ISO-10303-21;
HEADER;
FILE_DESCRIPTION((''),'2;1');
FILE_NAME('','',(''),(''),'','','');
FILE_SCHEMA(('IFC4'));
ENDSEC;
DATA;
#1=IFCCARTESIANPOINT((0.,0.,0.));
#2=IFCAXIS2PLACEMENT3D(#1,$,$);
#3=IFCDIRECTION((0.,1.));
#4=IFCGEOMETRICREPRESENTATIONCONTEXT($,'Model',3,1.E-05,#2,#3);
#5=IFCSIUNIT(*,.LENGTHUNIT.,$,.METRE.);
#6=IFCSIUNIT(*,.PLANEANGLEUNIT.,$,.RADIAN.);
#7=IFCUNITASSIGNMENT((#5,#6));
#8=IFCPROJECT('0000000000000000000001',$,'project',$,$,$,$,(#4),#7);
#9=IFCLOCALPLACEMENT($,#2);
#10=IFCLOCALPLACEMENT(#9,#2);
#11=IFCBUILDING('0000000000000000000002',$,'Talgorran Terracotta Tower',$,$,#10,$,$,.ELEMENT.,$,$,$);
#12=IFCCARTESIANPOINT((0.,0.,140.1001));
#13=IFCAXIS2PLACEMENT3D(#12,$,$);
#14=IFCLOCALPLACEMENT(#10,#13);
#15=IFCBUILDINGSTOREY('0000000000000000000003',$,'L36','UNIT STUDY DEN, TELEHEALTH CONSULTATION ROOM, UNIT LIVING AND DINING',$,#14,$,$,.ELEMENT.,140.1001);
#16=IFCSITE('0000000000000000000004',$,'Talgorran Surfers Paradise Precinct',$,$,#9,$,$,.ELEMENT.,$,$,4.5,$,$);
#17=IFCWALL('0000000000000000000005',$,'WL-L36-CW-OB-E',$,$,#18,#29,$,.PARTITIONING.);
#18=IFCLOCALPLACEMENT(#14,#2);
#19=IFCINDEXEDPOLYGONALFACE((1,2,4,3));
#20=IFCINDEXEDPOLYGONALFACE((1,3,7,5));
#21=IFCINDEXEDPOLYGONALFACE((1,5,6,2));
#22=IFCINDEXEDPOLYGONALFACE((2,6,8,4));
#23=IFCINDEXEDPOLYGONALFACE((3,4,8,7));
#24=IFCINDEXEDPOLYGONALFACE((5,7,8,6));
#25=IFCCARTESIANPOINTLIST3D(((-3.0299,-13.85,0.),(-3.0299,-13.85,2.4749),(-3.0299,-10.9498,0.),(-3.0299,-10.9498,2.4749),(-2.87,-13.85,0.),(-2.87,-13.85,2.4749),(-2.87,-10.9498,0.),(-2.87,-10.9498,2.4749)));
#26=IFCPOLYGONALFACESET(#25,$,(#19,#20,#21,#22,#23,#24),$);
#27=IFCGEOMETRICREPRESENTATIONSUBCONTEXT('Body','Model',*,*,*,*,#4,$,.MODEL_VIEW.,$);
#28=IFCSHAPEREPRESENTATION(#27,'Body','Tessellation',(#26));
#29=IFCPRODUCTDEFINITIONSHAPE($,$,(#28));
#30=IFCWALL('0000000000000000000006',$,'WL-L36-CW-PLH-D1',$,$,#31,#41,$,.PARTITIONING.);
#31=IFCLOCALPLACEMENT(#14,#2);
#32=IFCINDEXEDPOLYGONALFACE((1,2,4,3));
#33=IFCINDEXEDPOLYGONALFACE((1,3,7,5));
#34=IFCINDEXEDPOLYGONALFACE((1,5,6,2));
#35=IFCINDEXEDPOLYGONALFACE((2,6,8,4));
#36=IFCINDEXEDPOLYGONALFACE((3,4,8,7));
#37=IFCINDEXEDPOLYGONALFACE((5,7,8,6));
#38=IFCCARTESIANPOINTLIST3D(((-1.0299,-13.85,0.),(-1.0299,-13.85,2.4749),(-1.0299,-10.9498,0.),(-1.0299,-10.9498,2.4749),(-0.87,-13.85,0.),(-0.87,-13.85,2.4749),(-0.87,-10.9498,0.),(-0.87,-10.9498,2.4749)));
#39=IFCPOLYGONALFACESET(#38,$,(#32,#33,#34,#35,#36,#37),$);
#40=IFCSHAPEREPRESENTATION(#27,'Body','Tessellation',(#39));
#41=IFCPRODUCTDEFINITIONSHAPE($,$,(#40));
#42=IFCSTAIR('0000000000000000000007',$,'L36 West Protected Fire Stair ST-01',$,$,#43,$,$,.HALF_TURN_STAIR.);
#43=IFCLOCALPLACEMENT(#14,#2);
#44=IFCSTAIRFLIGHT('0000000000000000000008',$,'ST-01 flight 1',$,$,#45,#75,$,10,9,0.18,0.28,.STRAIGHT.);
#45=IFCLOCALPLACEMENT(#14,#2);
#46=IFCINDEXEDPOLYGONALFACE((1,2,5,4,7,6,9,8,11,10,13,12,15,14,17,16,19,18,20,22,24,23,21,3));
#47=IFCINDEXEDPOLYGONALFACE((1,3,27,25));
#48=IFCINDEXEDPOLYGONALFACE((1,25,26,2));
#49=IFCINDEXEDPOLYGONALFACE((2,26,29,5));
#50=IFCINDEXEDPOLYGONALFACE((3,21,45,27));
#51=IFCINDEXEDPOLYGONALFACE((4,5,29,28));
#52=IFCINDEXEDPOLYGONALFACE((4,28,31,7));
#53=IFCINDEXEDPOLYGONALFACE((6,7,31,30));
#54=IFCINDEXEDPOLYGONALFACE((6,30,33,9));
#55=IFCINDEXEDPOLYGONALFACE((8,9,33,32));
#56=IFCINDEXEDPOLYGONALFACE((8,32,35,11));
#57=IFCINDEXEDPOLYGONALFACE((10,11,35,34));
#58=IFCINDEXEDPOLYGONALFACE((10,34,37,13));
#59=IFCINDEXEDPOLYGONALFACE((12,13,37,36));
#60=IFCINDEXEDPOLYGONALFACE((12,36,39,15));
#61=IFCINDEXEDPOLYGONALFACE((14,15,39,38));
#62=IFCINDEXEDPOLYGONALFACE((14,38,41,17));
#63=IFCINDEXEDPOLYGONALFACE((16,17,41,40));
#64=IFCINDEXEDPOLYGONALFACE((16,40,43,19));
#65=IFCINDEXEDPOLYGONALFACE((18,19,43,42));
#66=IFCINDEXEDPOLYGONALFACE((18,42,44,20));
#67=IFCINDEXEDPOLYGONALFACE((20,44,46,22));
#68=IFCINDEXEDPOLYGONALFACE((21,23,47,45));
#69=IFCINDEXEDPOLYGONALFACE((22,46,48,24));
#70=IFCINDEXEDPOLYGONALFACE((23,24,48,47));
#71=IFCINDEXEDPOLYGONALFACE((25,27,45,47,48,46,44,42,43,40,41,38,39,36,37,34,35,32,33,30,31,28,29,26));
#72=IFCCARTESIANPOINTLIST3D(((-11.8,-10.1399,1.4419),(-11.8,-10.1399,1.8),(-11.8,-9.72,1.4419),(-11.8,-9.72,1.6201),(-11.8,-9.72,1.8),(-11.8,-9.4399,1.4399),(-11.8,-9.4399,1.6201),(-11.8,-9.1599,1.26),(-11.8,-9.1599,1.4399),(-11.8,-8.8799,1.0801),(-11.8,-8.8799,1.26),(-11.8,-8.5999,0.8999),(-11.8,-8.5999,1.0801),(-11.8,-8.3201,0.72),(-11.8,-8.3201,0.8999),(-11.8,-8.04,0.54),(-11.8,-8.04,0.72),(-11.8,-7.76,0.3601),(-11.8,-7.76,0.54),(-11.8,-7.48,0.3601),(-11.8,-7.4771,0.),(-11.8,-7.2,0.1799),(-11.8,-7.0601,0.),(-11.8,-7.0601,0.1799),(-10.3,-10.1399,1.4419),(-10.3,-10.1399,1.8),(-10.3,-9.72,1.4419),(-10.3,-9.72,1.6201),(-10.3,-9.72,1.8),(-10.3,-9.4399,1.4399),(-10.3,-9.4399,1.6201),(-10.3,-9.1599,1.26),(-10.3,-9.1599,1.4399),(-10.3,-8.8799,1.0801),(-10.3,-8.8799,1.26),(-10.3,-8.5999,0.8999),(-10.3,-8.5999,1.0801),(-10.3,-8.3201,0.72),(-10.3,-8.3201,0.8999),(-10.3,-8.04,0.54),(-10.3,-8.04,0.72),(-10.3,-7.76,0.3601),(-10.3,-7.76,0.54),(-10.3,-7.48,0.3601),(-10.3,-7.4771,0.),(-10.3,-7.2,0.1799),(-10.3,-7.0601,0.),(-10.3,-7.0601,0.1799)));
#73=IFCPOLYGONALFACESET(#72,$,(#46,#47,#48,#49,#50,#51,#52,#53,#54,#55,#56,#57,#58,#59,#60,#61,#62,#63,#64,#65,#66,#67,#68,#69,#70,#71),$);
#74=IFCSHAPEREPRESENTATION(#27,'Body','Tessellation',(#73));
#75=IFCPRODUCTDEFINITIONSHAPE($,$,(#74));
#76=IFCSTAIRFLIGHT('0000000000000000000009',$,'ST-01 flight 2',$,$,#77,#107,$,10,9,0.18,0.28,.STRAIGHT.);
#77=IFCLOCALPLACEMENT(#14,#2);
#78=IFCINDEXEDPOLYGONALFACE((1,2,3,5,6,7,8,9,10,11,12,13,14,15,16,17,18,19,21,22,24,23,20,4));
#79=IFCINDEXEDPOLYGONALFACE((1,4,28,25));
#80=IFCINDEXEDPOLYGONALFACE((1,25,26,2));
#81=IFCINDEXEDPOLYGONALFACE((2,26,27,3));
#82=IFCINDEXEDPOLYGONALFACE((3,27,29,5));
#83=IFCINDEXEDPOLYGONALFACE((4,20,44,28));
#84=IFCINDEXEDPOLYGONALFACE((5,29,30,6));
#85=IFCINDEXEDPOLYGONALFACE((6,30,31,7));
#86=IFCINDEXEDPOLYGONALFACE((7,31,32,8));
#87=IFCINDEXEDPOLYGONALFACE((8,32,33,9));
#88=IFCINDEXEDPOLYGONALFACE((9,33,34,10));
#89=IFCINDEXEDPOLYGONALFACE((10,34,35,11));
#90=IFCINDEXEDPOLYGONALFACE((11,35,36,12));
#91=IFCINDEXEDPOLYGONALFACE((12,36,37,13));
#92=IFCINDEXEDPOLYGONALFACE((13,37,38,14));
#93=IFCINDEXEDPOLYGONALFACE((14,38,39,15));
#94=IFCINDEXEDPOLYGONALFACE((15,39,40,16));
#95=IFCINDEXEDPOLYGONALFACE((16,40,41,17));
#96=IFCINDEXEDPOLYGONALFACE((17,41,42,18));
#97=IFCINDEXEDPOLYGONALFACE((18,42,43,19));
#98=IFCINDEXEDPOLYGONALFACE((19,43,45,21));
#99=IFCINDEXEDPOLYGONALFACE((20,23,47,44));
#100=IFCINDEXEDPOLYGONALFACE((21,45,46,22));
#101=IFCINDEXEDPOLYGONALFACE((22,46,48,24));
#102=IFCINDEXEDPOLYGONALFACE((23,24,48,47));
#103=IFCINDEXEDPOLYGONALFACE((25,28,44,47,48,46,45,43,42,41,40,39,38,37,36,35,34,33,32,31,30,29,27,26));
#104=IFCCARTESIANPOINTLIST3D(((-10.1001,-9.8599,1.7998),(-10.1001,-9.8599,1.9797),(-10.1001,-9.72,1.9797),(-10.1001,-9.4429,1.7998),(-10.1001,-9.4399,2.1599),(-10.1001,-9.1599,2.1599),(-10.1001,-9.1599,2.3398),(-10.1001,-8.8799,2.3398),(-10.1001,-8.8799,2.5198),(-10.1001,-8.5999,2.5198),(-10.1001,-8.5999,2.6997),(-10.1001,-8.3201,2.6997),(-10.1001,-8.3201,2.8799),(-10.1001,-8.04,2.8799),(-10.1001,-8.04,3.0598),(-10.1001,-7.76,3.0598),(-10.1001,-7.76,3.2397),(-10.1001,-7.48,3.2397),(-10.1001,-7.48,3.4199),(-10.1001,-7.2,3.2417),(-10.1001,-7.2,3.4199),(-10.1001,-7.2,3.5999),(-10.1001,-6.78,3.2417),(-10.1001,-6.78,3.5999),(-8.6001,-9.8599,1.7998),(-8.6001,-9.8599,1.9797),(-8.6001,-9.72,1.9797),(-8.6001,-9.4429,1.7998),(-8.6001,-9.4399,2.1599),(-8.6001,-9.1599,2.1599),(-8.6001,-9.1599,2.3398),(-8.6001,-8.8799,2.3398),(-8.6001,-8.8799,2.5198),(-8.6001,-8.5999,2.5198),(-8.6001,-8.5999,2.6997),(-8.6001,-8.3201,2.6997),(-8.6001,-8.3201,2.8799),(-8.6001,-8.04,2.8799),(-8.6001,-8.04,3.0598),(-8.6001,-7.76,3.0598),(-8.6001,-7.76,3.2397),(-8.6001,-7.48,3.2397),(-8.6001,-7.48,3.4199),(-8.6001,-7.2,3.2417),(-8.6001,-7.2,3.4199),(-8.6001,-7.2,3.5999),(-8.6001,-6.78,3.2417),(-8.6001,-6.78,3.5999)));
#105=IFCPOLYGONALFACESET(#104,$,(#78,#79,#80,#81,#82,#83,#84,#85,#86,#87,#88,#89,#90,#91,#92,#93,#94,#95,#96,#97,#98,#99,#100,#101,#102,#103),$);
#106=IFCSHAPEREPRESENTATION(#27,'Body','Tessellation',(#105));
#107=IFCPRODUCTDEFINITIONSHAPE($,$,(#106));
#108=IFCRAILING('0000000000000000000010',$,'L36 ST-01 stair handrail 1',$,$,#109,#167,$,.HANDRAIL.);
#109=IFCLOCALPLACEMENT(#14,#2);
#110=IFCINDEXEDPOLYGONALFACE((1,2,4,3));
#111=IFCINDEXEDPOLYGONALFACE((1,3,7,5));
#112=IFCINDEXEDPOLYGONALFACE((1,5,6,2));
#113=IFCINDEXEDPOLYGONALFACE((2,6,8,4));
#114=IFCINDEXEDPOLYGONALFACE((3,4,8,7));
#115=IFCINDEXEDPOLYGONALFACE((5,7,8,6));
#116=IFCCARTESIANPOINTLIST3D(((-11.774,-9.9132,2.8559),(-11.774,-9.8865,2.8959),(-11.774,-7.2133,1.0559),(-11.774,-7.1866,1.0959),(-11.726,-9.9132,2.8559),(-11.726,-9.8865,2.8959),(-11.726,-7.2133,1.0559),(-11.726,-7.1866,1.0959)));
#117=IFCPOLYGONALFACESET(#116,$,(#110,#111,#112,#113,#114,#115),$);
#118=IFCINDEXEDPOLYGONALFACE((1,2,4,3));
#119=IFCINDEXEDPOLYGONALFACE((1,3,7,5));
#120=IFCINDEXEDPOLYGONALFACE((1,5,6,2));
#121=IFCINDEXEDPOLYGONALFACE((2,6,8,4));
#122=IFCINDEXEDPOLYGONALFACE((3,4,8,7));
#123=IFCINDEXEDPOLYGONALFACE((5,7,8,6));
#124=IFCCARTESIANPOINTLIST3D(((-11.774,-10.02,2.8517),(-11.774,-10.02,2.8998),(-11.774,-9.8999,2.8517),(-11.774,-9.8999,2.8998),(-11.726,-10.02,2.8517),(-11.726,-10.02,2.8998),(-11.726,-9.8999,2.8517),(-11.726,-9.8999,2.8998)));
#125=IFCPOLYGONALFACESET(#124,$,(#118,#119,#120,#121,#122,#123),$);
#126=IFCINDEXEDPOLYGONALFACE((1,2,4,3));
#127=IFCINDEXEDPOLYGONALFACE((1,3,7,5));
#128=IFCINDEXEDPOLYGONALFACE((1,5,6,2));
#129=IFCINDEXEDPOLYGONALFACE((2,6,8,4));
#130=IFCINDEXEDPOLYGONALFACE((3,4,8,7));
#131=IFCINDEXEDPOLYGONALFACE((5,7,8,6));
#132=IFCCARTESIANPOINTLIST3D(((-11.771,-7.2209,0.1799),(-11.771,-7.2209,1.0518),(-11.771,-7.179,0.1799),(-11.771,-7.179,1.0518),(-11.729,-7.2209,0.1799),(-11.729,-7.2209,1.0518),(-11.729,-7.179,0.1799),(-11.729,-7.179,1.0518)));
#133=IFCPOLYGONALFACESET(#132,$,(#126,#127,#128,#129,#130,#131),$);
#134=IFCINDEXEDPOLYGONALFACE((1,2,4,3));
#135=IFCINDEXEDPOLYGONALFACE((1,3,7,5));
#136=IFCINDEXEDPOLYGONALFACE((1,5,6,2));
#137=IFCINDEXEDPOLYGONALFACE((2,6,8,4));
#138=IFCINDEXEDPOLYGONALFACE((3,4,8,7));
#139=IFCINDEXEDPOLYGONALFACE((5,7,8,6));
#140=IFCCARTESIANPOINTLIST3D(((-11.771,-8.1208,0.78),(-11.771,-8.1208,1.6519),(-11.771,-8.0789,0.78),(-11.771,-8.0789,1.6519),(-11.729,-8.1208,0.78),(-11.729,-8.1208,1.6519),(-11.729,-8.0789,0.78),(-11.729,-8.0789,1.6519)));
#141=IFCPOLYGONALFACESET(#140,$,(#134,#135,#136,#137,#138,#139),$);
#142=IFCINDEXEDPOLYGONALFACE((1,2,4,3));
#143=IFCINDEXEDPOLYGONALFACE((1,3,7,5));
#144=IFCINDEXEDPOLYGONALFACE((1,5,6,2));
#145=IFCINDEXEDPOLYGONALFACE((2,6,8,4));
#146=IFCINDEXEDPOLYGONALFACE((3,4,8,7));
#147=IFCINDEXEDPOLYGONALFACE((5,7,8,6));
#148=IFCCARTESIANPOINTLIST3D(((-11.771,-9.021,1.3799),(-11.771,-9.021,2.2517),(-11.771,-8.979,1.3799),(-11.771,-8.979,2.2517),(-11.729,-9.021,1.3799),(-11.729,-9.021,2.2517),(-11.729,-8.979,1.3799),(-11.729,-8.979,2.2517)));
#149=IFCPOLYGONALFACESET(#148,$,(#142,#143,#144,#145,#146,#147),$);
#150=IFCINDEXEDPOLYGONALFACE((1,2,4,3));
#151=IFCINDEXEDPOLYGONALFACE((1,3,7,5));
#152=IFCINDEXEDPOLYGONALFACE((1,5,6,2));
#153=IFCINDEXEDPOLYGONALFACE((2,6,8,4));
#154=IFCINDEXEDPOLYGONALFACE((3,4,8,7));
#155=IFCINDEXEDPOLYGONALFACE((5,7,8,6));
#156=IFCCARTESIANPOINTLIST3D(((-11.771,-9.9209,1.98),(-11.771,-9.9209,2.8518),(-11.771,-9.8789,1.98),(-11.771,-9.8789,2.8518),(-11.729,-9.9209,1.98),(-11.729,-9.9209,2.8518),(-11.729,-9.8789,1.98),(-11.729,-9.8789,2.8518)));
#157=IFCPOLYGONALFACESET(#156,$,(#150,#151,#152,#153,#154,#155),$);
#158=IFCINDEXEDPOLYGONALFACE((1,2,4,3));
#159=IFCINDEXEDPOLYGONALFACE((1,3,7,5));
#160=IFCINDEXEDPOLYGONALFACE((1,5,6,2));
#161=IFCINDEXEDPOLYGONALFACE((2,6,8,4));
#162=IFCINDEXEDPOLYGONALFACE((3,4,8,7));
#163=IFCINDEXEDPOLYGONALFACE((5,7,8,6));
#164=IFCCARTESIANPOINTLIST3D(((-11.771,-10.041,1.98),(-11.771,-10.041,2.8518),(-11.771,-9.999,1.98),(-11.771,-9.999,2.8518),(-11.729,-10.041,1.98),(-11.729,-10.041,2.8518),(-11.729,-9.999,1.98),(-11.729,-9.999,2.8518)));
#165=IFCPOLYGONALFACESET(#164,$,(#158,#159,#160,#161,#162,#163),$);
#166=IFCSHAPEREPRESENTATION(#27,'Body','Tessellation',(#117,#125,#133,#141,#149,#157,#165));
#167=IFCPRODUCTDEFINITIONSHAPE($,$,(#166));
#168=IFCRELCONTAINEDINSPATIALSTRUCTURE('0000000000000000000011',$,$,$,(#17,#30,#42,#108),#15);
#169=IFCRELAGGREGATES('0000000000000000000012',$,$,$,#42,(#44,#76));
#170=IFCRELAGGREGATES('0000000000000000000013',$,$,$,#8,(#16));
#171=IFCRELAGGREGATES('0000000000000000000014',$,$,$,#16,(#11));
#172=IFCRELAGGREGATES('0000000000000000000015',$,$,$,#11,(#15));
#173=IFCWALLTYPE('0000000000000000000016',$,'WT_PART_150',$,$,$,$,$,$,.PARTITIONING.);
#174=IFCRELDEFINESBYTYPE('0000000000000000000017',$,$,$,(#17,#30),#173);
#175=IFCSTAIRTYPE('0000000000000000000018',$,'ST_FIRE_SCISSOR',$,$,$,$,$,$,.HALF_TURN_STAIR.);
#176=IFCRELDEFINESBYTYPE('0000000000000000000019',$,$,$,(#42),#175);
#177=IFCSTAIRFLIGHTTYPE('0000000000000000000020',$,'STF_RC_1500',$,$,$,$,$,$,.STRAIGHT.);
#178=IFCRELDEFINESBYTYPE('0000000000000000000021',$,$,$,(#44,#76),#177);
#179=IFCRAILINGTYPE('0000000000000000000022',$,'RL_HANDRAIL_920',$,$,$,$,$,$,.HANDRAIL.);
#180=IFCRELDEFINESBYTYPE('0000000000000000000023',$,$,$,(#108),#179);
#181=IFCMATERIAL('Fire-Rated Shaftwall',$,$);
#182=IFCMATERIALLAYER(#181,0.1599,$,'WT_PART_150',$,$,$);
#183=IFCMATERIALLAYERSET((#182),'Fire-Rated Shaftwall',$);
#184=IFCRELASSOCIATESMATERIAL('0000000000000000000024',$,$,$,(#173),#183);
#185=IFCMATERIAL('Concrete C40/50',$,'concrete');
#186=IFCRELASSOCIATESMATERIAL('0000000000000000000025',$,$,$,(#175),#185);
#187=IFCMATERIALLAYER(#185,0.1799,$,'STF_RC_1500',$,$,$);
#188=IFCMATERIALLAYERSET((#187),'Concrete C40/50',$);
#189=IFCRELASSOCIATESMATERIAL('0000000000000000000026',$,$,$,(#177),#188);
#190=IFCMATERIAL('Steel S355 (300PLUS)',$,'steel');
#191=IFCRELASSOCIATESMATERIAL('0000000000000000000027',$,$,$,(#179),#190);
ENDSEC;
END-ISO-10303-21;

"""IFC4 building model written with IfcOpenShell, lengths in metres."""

from ifc_helpers import new_model, si_unit, direction, frame, frame_2d, origin, origin_2d, place, context, subcontext, project, spatial, polyline, rectangle, outline, extrude, material, layer, layer_set, type_object, element, aggregate, save


model = new_model("IFC4")

# Units and contexts
model_context = context("Model", 3, precision=1e-05, world=origin(), true_north=direction((0.0, 1.0)))
body_context = subcontext(model_context, "Body", "Model", "MODEL_VIEW")
ifc_project = project(units=[si_unit("LENGTHUNIT", "METRE"), si_unit("PLANEANGLEUNIT", "RADIAN")], contexts=[model_context])

# Site, building, storey
site_placement = place(None, origin())
site = spatial("IfcSite", under=ifc_project, at=site_placement, Name="Talgorran Surfers Paradise Precinct", CompositionType="ELEMENT", RefElevation=4.5)
building_placement = place(site_placement, origin())
building = spatial("IfcBuilding", under=site, at=building_placement, Name="Talgorran Terracotta Tower", CompositionType="ELEMENT")
storey_placement = place(building_placement, frame((0.0, 0.0, 140.1001)))
storey = spatial("IfcBuildingStorey", under=building, at=storey_placement, Name="L36", Description="UNIT STUDY DEN, TELEHEALTH CONSULTATION ROOM, UNIT LIVING AND DINING", CompositionType="ELEMENT", Elevation=140.1001)

# Shared definitions
ifc_material_1 = material(Name="Steel S355 (300PLUS)", Category="steel")

# Walls
ifc_material_2 = material(Name="Fire-Rated Shaftwall")
ifc_layer_1 = layer(ifc_material_2, 0.1599, Name="WT_PART_150")
ifc_layer_set_1 = layer_set([ifc_layer_1], Name="Fire-Rated Shaftwall")
wall_type_1 = type_object("IfcWallType", Name="WT_PART_150", PredefinedType="PARTITIONING", material=ifc_layer_set_1)
for number, where, z_axis, x_axis, name in (
    (1, (-2.95, -13.8501, 0.0), (0.0, 0.0, 1.0), (0.0, 1.0, 0.0), "WL-L36-CW-OB-E"),
    (2, (-0.95, -13.8501, 0.0), (0.0, 0.0, 1.0), (0.0, 1.0, 0.0), "WL-L36-CW-PLH-D1"),
):
    element("IfcWall", number, at=place(storey_placement, frame(where, z_axis=z_axis, x_axis=x_axis)), inside=storey, type_object=wall_type_1, Name=name, PredefinedType="PARTITIONING", context=body_context, shape_type="SweptSolid", body=[
        extrude(rectangle(XDim=2.9001, YDim=0.1599, at=frame_2d((1.4502, 0.0))), origin(), (0.0, 0.0, 1.0), 2.4749),
    ])

# Stair, stair flights
ifc_material_3 = material(Name="Concrete C40/50", Category="concrete")
stair_type = type_object("IfcStairType", Name="ST_FIRE_SCISSOR", PredefinedType="HALF_TURN_STAIR", material=ifc_material_3)
stair_placement = place(storey_placement, origin())
stair = element("IfcStair", 3, at=stair_placement, inside=storey, type_object=stair_type, Name="L36 West Protected Fire Stair ST-01", PredefinedType="HALF_TURN_STAIR")
ifc_layer_2 = layer(ifc_material_3, 0.1799, Name="STF_RC_1500")
ifc_layer_set_2 = layer_set([ifc_layer_2], Name="Concrete C40/50")
stair_flight_type = type_object("IfcStairFlightType", Name="STF_RC_1500", PredefinedType="STRAIGHT", material=ifc_layer_set_2)
stair_flight_1_placement = place(storey_placement, frame((-11.05, -7.2, 0.0), z_axis=(0.0, 0.0, 1.0), x_axis=(0.0, -1.0, 0.0)))
stair_flight_1 = element("IfcStairFlight", 4, at=stair_flight_1_placement, type_object=stair_flight_type, Name="ST-01 flight 1", NumberOfRisers=10, NumberOfTreads=9, PredefinedType="STRAIGHT", RiserHeight=0.18, TreadLength=0.28, context=body_context, shape_type="SweptSolid", body=[
    extrude(outline(polyline([(-0.1399, 0.0), (-0.1399, 0.1799), (0.0, 0.1799), (0.28, 0.3601), (0.5601, 0.3601), (0.5601, 0.54), (0.8401, 0.54), (0.8401, 0.72), (1.1201, 0.72), (1.1201, 0.8999), (1.3999, 0.8999), (1.3999, 1.0801), (1.6799, 1.0801), (1.6799, 1.26), (1.96, 1.26), (1.96, 1.4399), (2.24, 1.4399), (2.24, 1.6201), (2.52, 1.6201), (2.52, 1.8), (2.9399, 1.8), (2.9399, 1.4419), (2.52, 1.4419), (0.2771, 0.0), (-0.1399, 0.0)])), frame((0.0, 0.75, 0.0), z_axis=(0.0, -1.0, 0.0), x_axis=(1.0, 0.0, 0.0)), (0.0, 0.0, 1.0), 1.5),
])
stair_flight_2_placement = place(storey_placement, frame((-9.3501, -9.72, 1.7998), z_axis=(0.0, 0.0, 1.0), x_axis=(0.0, 1.0, 0.0)))
stair_flight_2 = element("IfcStairFlight", 5, at=stair_flight_2_placement, type_object=stair_flight_type, Name="ST-01 flight 2", NumberOfRisers=10, NumberOfTreads=9, PredefinedType="STRAIGHT", RiserHeight=0.18, TreadLength=0.28, context=body_context, shape_type="SweptSolid", body=[
    extrude(outline(polyline([(-0.1399, 0.0), (-0.1399, 0.1799), (0.0, 0.1799), (0.28, 0.3601), (0.5601, 0.3601), (0.5601, 0.54), (0.8401, 0.54), (0.8401, 0.72), (1.1201, 0.72), (1.1201, 0.8999), (1.3999, 0.8999), (1.3999, 1.0801), (1.6799, 1.0801), (1.6799, 1.26), (1.96, 1.26), (1.96, 1.4399), (2.24, 1.4399), (2.24, 1.6201), (2.52, 1.6201), (2.52, 1.8), (2.9399, 1.8), (2.9399, 1.4419), (2.52, 1.4419), (0.2771, 0.0), (-0.1399, 0.0)])), frame((0.0, 0.75, 0.0), z_axis=(0.0, -1.0, 0.0), x_axis=(1.0, 0.0, 0.0)), (0.0, 0.0, 1.0), 1.5),
])
aggregate(stair, [stair_flight_1, stair_flight_2])

# Railing
railing_type_1 = type_object("IfcRailingType", Name="RL_HANDRAIL_920", PredefinedType="HANDRAIL", material=ifc_material_1)
railing_1_placement = place(storey_placement, frame((-11.75, -7.2, 0.1799)))
element("IfcRailing", 6, at=railing_1_placement, inside=storey, type_object=railing_type_1, Name="L36 ST-01 stair handrail 1", PredefinedType="HANDRAIL", context=body_context, shape_type="SweptSolid", body=[
    extrude(rectangle(XDim=0.0481, YDim=0.0481, at=origin_2d()), frame((0.0, 0.0, 0.896), z_axis=(0.0, -0.832039, 0.554718), x_axis=(1.0, 0.0, 0.0)), (0.0, 0.0, 1.0), 3.2449),
    extrude(rectangle(XDim=0.0481, YDim=0.0481, at=origin_2d()), frame((0.0, -2.7, 2.6958), z_axis=(0.0, -1.0, 0.0), x_axis=(1.0, 0.0, 0.0)), (0.0, 0.0, 1.0), 0.1201),
    extrude(rectangle(XDim=0.042, YDim=0.042, at=origin_2d()), origin(), (0.0, 0.0, 1.0), 0.8718),
    extrude(rectangle(XDim=0.042, YDim=0.042, at=origin_2d()), frame((0.0, -0.8999, 0.6001)), (0.0, 0.0, 1.0), 0.8718),
    extrude(rectangle(XDim=0.042, YDim=0.042, at=origin_2d()), frame((0.0, -1.8, 1.2)), (0.0, 0.0, 1.0), 0.8718),
    extrude(rectangle(XDim=0.042, YDim=0.042, at=origin_2d()), frame((0.0, -2.7, 1.8)), (0.0, 0.0, 1.0), 0.8718),
    extrude(rectangle(XDim=0.042, YDim=0.042, at=origin_2d()), frame((0.0, -2.8201, 1.8)), (0.0, 0.0, 1.0), 0.8718),
])

save(model, "model.ifc")
